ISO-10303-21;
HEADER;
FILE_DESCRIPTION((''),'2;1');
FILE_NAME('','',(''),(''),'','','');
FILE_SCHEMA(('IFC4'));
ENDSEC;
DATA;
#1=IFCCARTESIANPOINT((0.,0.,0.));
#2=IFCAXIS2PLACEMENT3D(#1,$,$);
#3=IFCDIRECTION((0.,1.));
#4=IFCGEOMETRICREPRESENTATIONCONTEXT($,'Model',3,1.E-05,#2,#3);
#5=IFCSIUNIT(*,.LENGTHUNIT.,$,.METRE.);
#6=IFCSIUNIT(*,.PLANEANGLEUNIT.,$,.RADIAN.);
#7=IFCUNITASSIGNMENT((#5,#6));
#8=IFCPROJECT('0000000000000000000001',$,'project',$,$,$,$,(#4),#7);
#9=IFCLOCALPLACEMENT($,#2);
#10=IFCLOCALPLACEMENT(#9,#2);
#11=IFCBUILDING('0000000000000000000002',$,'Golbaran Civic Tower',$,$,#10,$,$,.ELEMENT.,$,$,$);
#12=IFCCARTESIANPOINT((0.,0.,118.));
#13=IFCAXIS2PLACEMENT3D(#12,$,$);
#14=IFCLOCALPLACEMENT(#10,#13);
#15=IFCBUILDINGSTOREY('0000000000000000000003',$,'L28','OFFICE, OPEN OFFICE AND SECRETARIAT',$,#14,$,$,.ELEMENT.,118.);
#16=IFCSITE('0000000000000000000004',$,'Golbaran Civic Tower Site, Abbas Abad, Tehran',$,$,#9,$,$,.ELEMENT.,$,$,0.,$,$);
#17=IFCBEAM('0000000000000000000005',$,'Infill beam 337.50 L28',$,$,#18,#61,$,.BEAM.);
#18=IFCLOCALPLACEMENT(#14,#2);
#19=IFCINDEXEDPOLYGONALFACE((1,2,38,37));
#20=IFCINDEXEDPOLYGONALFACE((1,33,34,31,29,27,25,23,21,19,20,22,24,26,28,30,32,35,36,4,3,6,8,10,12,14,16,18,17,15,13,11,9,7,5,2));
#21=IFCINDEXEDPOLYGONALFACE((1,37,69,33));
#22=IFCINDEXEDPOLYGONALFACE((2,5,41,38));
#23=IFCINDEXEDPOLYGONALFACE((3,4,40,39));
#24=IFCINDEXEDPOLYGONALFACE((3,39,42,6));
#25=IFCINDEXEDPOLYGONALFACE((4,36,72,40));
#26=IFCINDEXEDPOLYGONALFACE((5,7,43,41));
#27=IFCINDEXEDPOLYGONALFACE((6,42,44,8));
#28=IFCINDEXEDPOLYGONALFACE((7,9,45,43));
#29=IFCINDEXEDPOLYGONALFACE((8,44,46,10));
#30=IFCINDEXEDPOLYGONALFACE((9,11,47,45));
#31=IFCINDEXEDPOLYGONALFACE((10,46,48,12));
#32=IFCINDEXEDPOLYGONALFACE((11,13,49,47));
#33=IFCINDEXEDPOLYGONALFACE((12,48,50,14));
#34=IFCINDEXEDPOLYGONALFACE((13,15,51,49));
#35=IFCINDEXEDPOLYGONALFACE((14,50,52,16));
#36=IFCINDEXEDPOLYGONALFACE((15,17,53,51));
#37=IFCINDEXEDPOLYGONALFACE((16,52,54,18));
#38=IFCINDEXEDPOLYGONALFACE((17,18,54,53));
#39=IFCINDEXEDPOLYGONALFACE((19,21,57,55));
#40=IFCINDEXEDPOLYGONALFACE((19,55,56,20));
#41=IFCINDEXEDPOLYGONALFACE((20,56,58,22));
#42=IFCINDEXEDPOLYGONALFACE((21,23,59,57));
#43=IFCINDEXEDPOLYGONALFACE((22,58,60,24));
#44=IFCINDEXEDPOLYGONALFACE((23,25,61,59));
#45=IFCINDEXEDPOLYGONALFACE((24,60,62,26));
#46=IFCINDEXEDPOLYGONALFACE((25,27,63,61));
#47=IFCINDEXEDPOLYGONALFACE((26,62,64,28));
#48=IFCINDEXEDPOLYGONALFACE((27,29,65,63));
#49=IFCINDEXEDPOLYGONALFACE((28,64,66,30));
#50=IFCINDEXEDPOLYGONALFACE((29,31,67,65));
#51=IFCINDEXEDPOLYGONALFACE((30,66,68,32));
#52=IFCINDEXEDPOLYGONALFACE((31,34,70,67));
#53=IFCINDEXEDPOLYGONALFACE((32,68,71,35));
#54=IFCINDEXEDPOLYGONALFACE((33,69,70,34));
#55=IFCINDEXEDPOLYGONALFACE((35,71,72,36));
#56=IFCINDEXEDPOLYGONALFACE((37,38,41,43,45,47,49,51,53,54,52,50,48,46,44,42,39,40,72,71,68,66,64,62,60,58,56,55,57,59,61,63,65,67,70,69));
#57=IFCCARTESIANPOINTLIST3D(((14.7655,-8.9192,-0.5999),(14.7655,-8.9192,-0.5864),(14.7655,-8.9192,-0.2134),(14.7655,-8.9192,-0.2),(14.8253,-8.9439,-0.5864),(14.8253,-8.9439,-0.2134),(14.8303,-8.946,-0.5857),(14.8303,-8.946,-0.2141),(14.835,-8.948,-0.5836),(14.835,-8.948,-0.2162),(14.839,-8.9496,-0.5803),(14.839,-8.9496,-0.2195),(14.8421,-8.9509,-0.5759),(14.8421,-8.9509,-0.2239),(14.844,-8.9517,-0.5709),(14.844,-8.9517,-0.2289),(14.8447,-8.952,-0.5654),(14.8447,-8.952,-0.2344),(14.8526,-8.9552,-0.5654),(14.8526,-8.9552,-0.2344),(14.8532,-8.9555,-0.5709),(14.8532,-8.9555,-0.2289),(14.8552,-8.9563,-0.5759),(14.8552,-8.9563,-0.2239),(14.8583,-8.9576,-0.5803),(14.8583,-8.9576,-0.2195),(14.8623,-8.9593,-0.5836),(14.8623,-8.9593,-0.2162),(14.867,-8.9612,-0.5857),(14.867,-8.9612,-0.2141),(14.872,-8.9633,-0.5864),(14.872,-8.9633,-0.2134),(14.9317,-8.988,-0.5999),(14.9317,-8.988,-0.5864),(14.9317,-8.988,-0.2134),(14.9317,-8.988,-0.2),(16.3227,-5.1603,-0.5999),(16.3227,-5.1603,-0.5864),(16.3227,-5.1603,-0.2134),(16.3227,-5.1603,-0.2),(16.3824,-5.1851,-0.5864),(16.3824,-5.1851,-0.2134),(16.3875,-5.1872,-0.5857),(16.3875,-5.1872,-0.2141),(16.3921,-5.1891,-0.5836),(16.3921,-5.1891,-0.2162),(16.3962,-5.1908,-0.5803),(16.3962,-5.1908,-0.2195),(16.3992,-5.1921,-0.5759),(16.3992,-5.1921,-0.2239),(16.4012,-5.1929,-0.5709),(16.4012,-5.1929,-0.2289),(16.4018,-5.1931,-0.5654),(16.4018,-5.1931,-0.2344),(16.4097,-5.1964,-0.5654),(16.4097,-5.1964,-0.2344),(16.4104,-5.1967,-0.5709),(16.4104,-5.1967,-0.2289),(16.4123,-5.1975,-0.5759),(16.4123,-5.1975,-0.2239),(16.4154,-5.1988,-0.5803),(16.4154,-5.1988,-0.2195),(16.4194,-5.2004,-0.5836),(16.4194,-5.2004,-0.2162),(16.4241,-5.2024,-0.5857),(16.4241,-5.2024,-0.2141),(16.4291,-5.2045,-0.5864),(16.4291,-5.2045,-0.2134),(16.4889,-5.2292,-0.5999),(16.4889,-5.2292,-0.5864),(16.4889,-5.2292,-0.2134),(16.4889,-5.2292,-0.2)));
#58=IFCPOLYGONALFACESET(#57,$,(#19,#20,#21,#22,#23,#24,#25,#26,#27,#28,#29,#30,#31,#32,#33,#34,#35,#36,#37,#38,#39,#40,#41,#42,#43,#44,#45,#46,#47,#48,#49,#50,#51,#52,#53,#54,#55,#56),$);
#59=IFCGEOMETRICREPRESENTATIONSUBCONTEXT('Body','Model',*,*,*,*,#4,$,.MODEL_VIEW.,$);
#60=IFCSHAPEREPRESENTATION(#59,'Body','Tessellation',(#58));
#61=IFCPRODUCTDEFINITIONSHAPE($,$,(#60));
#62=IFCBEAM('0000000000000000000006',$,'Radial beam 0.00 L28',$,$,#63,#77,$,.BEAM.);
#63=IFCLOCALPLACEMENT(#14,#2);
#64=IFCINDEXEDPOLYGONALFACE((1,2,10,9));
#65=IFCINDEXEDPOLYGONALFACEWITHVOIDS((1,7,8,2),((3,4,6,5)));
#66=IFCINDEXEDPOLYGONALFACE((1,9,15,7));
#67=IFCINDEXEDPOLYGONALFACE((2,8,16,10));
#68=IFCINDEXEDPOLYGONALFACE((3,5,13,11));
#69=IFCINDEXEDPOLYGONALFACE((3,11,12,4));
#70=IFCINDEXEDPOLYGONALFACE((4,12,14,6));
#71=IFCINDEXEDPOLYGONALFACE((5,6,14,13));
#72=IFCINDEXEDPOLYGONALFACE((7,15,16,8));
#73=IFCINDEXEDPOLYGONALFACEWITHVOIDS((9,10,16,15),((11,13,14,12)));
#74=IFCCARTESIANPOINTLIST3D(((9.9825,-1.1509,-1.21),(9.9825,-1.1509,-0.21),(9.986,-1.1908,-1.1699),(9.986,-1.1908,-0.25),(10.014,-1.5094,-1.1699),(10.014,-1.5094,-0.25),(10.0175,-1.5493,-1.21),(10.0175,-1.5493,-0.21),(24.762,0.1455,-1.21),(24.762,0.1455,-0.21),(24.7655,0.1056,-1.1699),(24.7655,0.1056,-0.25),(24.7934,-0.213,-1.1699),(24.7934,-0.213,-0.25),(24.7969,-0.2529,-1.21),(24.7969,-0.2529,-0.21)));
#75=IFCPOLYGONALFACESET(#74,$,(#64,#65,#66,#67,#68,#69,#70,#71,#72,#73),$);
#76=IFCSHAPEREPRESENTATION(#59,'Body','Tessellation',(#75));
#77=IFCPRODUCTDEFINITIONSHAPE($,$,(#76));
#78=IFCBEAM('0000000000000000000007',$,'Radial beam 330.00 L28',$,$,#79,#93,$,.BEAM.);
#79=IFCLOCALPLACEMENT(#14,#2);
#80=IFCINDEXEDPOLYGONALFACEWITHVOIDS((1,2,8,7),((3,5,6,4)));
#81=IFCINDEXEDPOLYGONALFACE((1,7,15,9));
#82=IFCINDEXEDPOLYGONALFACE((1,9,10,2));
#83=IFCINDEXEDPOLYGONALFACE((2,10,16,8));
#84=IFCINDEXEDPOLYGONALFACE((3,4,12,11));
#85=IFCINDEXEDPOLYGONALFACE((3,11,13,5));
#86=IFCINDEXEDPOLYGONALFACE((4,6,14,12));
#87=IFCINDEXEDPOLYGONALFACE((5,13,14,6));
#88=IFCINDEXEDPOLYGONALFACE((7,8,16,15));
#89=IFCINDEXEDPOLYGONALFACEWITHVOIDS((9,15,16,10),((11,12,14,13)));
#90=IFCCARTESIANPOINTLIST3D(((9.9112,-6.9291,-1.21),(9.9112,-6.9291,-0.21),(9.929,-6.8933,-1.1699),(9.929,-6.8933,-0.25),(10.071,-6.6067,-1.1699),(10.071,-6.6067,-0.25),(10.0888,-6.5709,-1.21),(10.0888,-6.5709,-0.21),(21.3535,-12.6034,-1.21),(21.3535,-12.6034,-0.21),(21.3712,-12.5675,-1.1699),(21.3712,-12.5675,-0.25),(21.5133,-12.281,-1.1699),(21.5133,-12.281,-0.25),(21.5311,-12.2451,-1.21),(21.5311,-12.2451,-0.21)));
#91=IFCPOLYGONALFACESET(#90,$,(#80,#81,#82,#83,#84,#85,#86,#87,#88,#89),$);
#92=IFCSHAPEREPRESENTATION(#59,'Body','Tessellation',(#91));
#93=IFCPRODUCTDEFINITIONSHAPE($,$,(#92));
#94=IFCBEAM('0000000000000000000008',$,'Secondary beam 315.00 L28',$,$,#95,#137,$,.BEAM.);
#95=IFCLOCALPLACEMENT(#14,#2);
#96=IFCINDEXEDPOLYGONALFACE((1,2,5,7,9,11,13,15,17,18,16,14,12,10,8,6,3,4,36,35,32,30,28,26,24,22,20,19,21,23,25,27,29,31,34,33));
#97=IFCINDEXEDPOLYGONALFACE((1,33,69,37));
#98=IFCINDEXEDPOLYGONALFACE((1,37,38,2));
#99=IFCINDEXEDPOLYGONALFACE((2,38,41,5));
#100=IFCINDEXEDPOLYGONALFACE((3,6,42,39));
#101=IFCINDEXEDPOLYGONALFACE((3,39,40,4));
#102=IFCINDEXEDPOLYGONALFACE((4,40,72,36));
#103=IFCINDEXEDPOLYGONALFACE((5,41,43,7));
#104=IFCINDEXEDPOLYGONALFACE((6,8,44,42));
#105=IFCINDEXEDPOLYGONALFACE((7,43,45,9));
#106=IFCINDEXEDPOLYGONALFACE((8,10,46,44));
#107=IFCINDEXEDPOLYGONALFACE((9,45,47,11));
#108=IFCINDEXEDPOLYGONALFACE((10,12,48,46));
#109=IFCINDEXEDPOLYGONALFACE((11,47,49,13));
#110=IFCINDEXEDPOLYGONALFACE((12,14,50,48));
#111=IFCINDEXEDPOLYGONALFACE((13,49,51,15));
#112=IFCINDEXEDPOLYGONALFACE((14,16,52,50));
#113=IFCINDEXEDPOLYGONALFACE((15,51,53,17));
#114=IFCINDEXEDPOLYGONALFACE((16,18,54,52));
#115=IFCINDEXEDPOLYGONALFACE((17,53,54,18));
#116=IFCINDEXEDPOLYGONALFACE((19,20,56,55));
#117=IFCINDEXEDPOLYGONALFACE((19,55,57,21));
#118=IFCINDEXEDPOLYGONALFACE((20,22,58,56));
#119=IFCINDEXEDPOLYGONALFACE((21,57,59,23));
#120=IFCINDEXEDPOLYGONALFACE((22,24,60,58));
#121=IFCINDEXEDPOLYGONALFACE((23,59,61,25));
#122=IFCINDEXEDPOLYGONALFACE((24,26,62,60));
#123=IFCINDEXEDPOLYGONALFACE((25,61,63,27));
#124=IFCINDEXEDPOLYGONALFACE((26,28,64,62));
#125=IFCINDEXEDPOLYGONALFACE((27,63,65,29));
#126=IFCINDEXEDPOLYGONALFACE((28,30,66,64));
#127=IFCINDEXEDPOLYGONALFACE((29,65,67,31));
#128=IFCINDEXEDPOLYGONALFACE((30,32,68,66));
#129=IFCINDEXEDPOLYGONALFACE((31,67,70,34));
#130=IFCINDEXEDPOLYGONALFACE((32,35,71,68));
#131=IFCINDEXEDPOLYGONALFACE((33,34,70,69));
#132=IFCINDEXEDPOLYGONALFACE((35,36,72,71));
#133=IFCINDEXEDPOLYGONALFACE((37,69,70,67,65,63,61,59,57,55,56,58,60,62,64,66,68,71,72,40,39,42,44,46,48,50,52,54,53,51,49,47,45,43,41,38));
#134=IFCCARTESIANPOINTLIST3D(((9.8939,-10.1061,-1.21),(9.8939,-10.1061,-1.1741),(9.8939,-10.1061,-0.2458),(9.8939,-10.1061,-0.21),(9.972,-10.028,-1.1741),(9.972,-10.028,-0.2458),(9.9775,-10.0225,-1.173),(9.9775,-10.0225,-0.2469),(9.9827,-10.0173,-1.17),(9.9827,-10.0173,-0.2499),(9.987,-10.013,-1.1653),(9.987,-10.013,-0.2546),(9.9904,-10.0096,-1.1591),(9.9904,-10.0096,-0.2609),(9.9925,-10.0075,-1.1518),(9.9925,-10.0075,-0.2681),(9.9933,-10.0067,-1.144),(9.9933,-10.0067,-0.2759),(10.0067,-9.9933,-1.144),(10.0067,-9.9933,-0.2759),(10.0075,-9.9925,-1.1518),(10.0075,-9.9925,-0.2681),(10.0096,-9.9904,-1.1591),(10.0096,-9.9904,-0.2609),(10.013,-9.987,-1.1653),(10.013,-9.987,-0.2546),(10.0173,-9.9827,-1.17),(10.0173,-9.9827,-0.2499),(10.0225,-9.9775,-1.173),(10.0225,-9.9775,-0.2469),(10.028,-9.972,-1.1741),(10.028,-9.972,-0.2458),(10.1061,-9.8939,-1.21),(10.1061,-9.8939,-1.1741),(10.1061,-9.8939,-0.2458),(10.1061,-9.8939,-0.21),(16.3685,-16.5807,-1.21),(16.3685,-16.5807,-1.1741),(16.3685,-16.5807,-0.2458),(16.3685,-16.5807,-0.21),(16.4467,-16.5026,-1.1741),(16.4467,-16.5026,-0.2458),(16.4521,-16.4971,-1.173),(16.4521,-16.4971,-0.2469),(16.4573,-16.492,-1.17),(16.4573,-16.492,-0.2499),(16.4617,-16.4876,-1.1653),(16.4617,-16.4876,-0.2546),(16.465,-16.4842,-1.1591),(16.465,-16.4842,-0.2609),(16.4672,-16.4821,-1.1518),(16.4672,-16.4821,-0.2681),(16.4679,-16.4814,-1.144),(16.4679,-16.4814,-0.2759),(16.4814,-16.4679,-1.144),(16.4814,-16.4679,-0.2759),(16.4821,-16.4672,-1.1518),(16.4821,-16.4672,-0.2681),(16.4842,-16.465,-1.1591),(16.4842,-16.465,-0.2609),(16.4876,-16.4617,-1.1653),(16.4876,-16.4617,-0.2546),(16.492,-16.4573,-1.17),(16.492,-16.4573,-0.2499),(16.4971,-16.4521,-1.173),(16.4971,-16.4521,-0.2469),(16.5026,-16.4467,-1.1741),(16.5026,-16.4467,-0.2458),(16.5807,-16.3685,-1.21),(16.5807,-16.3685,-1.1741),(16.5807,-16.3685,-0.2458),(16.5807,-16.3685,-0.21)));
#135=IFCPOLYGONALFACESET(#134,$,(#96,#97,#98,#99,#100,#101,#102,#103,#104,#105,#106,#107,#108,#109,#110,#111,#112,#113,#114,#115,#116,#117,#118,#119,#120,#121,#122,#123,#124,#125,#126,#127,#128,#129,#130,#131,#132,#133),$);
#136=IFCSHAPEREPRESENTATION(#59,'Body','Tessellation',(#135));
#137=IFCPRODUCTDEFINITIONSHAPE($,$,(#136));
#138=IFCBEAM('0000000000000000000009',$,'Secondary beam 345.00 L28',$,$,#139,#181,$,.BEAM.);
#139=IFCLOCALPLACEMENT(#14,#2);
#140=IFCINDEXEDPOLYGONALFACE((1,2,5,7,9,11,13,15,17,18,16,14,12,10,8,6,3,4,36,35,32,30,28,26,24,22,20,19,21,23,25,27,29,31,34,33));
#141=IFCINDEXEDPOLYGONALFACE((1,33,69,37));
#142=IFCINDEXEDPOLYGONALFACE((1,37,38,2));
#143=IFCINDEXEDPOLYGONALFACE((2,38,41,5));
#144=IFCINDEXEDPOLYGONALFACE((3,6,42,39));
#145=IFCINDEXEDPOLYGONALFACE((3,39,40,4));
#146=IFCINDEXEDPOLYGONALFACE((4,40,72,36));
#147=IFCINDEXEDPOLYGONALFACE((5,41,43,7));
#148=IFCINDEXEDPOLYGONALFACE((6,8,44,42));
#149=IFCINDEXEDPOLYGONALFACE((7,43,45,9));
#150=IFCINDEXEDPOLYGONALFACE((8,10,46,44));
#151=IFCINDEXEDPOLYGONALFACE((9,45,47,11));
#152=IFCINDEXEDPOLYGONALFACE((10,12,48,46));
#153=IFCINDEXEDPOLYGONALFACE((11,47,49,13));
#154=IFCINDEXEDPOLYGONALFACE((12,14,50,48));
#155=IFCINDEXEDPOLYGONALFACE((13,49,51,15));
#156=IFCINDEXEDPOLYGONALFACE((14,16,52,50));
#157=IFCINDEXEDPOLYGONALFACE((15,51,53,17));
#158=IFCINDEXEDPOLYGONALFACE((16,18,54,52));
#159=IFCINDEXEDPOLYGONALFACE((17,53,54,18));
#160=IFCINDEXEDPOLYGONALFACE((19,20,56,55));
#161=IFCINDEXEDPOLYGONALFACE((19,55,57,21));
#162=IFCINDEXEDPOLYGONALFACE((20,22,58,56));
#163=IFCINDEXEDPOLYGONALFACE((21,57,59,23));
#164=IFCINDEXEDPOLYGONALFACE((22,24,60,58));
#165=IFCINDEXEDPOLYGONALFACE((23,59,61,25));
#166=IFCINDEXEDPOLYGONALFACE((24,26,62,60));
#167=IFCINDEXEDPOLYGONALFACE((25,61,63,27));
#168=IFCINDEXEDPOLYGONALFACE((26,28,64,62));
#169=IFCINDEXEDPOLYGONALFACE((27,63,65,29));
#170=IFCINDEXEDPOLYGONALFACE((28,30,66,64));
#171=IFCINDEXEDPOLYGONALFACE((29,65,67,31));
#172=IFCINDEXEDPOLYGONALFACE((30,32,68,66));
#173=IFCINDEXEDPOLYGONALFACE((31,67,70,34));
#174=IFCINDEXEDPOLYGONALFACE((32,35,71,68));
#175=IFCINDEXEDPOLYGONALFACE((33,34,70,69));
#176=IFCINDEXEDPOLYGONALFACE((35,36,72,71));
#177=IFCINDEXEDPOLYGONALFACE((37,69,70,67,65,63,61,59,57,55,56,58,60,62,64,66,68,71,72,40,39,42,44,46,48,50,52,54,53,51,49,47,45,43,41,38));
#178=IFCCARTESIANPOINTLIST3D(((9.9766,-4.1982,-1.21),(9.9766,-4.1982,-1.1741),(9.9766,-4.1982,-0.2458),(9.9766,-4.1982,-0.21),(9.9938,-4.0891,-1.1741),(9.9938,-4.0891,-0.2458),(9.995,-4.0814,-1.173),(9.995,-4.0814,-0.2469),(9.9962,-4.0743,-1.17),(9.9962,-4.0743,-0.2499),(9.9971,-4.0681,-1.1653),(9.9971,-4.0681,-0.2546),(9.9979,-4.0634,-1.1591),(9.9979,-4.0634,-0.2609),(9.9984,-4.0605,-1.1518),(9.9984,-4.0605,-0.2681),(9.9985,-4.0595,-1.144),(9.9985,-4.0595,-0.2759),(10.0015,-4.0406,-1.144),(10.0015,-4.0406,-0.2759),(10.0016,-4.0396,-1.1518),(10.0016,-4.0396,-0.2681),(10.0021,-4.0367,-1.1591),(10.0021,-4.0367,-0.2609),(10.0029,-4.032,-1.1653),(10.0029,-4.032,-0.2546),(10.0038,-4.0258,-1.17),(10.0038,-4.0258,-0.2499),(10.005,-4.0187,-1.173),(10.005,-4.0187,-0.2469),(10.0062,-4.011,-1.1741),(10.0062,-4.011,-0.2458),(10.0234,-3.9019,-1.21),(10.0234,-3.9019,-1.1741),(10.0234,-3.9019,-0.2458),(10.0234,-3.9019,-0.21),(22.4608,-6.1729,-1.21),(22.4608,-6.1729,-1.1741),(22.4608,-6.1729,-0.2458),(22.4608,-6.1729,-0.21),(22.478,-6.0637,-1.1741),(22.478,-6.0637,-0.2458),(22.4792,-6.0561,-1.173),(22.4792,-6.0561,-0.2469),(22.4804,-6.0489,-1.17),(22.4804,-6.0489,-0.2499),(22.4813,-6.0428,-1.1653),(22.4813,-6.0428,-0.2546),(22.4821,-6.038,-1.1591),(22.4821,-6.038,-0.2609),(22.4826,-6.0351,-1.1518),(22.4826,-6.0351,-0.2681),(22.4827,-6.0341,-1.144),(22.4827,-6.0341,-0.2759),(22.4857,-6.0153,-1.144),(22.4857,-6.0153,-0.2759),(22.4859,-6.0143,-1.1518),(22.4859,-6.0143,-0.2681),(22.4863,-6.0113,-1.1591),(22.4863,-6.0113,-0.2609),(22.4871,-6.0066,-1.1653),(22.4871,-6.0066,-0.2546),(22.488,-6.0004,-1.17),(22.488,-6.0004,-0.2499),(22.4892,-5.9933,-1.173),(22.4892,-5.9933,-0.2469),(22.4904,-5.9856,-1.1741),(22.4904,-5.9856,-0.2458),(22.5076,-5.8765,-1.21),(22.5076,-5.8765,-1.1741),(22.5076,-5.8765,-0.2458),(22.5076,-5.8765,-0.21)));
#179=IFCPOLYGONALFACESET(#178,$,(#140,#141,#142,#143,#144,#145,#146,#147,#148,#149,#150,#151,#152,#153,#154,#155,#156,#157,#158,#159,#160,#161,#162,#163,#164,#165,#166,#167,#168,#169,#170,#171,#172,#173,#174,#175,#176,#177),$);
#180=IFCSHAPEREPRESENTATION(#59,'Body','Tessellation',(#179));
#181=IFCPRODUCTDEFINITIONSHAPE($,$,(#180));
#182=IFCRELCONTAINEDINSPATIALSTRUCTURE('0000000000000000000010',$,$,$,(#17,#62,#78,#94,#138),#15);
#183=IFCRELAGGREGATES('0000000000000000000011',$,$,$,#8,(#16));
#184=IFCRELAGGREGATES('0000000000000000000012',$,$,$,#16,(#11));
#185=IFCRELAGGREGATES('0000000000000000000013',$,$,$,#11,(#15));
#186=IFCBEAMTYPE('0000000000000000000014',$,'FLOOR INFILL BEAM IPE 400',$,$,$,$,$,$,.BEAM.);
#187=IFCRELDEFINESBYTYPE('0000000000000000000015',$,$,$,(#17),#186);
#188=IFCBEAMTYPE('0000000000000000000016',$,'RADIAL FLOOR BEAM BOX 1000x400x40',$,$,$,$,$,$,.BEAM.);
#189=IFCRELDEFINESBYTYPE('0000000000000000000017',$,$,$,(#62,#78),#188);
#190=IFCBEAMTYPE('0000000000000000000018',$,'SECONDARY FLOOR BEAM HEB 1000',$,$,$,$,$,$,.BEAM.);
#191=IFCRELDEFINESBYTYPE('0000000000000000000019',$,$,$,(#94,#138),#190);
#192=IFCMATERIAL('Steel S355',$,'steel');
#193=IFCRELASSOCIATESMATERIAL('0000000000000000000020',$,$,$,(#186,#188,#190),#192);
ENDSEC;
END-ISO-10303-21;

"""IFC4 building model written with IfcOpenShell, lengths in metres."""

from ifc_helpers import new_model, si_unit, direction, frame, origin, origin_2d, place, context, subcontext, project, spatial, hollow_rectangle, i_section, extrude, material, material_profile, profile_set, type_object, element, save


model = new_model("IFC4")

# Units and contexts
model_context = context("Model", 3, precision=1e-05, world=origin(), true_north=direction((0.0, 1.0)))
body_context = subcontext(model_context, "Body", "Model", "MODEL_VIEW")
ifc_project = project(units=[si_unit("LENGTHUNIT", "METRE"), si_unit("PLANEANGLEUNIT", "RADIAN")], contexts=[model_context])

# Site, building, storey
site_placement = place(None, origin())
site = spatial("IfcSite", under=ifc_project, at=site_placement, Name="Golbaran Civic Tower Site, Abbas Abad, Tehran", CompositionType="ELEMENT", RefElevation=0.0)
building_placement = place(site_placement, origin())
building = spatial("IfcBuilding", under=site, at=building_placement, Name="Golbaran Civic Tower", CompositionType="ELEMENT")
storey_placement = place(building_placement, frame((0.0, 0.0, 118.0)))
storey = spatial("IfcBuildingStorey", under=building, at=storey_placement, Name="L28", Description="OFFICE, OPEN OFFICE AND SECRETARIAT", CompositionType="ELEMENT", Elevation=118.0)

# Beams
ifc_material_1 = material(Name="Steel S355", Category="steel")
ifc_material_profile_1 = material_profile(ifc_material_1, i_section(OverallWidth=0.1799, OverallDepth=0.3999, WebThickness=0.0085, FlangeThickness=0.0134, FilletRadius=0.021, at=origin_2d()), Name="IPE 400")
ifc_profile_set_1 = profile_set([ifc_material_profile_1], Name="Steel S355")
beam_type_1 = type_object("IfcBeamType", Name="FLOOR INFILL BEAM IPE 400", PredefinedType="BEAM", material=ifc_profile_set_1)
beam_1_placement = place(storey_placement, frame((14.8486, -8.9536, -0.3999), z_axis=(0.382723, 0.923863, 0.0), x_axis=(-0.923863, 0.382723, 0.0)))
element("IfcBeam", 1, at=beam_1_placement, inside=storey, type_object=beam_type_1, Name="Infill beam 337.50 L28", PredefinedType="BEAM", context=body_context, shape_type="SweptSolid", body=[
    extrude(i_section(OverallWidth=0.1799, OverallDepth=0.3999, WebThickness=0.0085, FlangeThickness=0.0134, FilletRadius=0.021, at=origin_2d()), origin(), (0.0, 0.0, 1.0), 4.0686),
])
ifc_material_profile_2 = material_profile(ifc_material_1, hollow_rectangle(XDim=0.3999, YDim=1.0, WallThickness=0.04, at=origin_2d()), Name="BOX 1000x400x40")
ifc_profile_set_2 = profile_set([ifc_material_profile_2], Name="Steel S355")
beam_type_2 = type_object("IfcBeamType", Name="RADIAL FLOOR BEAM BOX 1000x400x40", PredefinedType="BEAM", material=ifc_profile_set_2)
beam_2_placement = place(storey_placement, frame((10.0, -1.3501, -0.71), z_axis=(0.996175, 0.087379, 0.0), x_axis=(-0.087379, 0.996175, 0.0)))
element("IfcBeam", 2, at=beam_2_placement, inside=storey, type_object=beam_type_2, Name="Radial beam 0.00 L28", PredefinedType="BEAM", context=body_context, shape_type="SweptSolid", body=[
    extrude(hollow_rectangle(XDim=0.3999, YDim=1.0, WallThickness=0.04, at=origin_2d()), origin(), (0.0, 0.0, 1.0), 14.8362),
])
beam_3_placement = place(storey_placement, frame((10.0, -6.75, -0.71), z_axis=(0.89589, -0.444275, 0.0), x_axis=(0.444275, 0.89589, 0.0)))
element("IfcBeam", 3, at=beam_3_placement, inside=storey, type_object=beam_type_2, Name="Radial beam 330.00 L28", PredefinedType="BEAM", context=body_context, shape_type="SweptSolid", body=[
    extrude(hollow_rectangle(XDim=0.3999, YDim=1.0, WallThickness=0.04, at=origin_2d()), origin(), (0.0, 0.0, 1.0), 12.772),
])
ifc_material_profile_3 = material_profile(ifc_material_1, i_section(OverallWidth=0.3, OverallDepth=1.0, WebThickness=0.019, FlangeThickness=0.0359, FilletRadius=0.03, at=origin_2d()), Name="HEB 1000")
ifc_profile_set_3 = profile_set([ifc_material_profile_3], Name="Steel S355")
beam_type_3 = type_object("IfcBeamType", Name="SECONDARY FLOOR BEAM HEB 1000", PredefinedType="BEAM", material=ifc_profile_set_3)
beam_4_placement = place(storey_placement, frame((10.0, -10.0, -0.71), z_axis=(0.707107, -0.707107, 0.0), x_axis=(0.707107, 0.707107, 0.0)))
element("IfcBeam", 4, at=beam_4_placement, inside=storey, type_object=beam_type_3, Name="Secondary beam 315.00 L28", PredefinedType="BEAM", context=body_context, shape_type="SweptSolid", body=[
    extrude(i_section(OverallWidth=0.3, OverallDepth=1.0, WebThickness=0.019, FlangeThickness=0.0359, FilletRadius=0.03, at=origin_2d()), origin(), (0.0, 0.0, 1.0), 9.1565),
])
beam_5_placement = place(storey_placement, frame((10.0, -4.05, -0.71), z_axis=(0.987721, -0.156227, 0.0), x_axis=(0.156227, 0.987721, 0.0)))
element("IfcBeam", 5, at=beam_5_placement, inside=storey, type_object=beam_type_3, Name="Secondary beam 345.00 L28", PredefinedType="BEAM", context=body_context, shape_type="SweptSolid", body=[
    extrude(i_section(OverallWidth=0.3, OverallDepth=1.0, WebThickness=0.019, FlangeThickness=0.0359, FilletRadius=0.03, at=origin_2d()), origin(), (0.0, 0.0, 1.0), 12.6394),
])

save(model, "model.ifc")
